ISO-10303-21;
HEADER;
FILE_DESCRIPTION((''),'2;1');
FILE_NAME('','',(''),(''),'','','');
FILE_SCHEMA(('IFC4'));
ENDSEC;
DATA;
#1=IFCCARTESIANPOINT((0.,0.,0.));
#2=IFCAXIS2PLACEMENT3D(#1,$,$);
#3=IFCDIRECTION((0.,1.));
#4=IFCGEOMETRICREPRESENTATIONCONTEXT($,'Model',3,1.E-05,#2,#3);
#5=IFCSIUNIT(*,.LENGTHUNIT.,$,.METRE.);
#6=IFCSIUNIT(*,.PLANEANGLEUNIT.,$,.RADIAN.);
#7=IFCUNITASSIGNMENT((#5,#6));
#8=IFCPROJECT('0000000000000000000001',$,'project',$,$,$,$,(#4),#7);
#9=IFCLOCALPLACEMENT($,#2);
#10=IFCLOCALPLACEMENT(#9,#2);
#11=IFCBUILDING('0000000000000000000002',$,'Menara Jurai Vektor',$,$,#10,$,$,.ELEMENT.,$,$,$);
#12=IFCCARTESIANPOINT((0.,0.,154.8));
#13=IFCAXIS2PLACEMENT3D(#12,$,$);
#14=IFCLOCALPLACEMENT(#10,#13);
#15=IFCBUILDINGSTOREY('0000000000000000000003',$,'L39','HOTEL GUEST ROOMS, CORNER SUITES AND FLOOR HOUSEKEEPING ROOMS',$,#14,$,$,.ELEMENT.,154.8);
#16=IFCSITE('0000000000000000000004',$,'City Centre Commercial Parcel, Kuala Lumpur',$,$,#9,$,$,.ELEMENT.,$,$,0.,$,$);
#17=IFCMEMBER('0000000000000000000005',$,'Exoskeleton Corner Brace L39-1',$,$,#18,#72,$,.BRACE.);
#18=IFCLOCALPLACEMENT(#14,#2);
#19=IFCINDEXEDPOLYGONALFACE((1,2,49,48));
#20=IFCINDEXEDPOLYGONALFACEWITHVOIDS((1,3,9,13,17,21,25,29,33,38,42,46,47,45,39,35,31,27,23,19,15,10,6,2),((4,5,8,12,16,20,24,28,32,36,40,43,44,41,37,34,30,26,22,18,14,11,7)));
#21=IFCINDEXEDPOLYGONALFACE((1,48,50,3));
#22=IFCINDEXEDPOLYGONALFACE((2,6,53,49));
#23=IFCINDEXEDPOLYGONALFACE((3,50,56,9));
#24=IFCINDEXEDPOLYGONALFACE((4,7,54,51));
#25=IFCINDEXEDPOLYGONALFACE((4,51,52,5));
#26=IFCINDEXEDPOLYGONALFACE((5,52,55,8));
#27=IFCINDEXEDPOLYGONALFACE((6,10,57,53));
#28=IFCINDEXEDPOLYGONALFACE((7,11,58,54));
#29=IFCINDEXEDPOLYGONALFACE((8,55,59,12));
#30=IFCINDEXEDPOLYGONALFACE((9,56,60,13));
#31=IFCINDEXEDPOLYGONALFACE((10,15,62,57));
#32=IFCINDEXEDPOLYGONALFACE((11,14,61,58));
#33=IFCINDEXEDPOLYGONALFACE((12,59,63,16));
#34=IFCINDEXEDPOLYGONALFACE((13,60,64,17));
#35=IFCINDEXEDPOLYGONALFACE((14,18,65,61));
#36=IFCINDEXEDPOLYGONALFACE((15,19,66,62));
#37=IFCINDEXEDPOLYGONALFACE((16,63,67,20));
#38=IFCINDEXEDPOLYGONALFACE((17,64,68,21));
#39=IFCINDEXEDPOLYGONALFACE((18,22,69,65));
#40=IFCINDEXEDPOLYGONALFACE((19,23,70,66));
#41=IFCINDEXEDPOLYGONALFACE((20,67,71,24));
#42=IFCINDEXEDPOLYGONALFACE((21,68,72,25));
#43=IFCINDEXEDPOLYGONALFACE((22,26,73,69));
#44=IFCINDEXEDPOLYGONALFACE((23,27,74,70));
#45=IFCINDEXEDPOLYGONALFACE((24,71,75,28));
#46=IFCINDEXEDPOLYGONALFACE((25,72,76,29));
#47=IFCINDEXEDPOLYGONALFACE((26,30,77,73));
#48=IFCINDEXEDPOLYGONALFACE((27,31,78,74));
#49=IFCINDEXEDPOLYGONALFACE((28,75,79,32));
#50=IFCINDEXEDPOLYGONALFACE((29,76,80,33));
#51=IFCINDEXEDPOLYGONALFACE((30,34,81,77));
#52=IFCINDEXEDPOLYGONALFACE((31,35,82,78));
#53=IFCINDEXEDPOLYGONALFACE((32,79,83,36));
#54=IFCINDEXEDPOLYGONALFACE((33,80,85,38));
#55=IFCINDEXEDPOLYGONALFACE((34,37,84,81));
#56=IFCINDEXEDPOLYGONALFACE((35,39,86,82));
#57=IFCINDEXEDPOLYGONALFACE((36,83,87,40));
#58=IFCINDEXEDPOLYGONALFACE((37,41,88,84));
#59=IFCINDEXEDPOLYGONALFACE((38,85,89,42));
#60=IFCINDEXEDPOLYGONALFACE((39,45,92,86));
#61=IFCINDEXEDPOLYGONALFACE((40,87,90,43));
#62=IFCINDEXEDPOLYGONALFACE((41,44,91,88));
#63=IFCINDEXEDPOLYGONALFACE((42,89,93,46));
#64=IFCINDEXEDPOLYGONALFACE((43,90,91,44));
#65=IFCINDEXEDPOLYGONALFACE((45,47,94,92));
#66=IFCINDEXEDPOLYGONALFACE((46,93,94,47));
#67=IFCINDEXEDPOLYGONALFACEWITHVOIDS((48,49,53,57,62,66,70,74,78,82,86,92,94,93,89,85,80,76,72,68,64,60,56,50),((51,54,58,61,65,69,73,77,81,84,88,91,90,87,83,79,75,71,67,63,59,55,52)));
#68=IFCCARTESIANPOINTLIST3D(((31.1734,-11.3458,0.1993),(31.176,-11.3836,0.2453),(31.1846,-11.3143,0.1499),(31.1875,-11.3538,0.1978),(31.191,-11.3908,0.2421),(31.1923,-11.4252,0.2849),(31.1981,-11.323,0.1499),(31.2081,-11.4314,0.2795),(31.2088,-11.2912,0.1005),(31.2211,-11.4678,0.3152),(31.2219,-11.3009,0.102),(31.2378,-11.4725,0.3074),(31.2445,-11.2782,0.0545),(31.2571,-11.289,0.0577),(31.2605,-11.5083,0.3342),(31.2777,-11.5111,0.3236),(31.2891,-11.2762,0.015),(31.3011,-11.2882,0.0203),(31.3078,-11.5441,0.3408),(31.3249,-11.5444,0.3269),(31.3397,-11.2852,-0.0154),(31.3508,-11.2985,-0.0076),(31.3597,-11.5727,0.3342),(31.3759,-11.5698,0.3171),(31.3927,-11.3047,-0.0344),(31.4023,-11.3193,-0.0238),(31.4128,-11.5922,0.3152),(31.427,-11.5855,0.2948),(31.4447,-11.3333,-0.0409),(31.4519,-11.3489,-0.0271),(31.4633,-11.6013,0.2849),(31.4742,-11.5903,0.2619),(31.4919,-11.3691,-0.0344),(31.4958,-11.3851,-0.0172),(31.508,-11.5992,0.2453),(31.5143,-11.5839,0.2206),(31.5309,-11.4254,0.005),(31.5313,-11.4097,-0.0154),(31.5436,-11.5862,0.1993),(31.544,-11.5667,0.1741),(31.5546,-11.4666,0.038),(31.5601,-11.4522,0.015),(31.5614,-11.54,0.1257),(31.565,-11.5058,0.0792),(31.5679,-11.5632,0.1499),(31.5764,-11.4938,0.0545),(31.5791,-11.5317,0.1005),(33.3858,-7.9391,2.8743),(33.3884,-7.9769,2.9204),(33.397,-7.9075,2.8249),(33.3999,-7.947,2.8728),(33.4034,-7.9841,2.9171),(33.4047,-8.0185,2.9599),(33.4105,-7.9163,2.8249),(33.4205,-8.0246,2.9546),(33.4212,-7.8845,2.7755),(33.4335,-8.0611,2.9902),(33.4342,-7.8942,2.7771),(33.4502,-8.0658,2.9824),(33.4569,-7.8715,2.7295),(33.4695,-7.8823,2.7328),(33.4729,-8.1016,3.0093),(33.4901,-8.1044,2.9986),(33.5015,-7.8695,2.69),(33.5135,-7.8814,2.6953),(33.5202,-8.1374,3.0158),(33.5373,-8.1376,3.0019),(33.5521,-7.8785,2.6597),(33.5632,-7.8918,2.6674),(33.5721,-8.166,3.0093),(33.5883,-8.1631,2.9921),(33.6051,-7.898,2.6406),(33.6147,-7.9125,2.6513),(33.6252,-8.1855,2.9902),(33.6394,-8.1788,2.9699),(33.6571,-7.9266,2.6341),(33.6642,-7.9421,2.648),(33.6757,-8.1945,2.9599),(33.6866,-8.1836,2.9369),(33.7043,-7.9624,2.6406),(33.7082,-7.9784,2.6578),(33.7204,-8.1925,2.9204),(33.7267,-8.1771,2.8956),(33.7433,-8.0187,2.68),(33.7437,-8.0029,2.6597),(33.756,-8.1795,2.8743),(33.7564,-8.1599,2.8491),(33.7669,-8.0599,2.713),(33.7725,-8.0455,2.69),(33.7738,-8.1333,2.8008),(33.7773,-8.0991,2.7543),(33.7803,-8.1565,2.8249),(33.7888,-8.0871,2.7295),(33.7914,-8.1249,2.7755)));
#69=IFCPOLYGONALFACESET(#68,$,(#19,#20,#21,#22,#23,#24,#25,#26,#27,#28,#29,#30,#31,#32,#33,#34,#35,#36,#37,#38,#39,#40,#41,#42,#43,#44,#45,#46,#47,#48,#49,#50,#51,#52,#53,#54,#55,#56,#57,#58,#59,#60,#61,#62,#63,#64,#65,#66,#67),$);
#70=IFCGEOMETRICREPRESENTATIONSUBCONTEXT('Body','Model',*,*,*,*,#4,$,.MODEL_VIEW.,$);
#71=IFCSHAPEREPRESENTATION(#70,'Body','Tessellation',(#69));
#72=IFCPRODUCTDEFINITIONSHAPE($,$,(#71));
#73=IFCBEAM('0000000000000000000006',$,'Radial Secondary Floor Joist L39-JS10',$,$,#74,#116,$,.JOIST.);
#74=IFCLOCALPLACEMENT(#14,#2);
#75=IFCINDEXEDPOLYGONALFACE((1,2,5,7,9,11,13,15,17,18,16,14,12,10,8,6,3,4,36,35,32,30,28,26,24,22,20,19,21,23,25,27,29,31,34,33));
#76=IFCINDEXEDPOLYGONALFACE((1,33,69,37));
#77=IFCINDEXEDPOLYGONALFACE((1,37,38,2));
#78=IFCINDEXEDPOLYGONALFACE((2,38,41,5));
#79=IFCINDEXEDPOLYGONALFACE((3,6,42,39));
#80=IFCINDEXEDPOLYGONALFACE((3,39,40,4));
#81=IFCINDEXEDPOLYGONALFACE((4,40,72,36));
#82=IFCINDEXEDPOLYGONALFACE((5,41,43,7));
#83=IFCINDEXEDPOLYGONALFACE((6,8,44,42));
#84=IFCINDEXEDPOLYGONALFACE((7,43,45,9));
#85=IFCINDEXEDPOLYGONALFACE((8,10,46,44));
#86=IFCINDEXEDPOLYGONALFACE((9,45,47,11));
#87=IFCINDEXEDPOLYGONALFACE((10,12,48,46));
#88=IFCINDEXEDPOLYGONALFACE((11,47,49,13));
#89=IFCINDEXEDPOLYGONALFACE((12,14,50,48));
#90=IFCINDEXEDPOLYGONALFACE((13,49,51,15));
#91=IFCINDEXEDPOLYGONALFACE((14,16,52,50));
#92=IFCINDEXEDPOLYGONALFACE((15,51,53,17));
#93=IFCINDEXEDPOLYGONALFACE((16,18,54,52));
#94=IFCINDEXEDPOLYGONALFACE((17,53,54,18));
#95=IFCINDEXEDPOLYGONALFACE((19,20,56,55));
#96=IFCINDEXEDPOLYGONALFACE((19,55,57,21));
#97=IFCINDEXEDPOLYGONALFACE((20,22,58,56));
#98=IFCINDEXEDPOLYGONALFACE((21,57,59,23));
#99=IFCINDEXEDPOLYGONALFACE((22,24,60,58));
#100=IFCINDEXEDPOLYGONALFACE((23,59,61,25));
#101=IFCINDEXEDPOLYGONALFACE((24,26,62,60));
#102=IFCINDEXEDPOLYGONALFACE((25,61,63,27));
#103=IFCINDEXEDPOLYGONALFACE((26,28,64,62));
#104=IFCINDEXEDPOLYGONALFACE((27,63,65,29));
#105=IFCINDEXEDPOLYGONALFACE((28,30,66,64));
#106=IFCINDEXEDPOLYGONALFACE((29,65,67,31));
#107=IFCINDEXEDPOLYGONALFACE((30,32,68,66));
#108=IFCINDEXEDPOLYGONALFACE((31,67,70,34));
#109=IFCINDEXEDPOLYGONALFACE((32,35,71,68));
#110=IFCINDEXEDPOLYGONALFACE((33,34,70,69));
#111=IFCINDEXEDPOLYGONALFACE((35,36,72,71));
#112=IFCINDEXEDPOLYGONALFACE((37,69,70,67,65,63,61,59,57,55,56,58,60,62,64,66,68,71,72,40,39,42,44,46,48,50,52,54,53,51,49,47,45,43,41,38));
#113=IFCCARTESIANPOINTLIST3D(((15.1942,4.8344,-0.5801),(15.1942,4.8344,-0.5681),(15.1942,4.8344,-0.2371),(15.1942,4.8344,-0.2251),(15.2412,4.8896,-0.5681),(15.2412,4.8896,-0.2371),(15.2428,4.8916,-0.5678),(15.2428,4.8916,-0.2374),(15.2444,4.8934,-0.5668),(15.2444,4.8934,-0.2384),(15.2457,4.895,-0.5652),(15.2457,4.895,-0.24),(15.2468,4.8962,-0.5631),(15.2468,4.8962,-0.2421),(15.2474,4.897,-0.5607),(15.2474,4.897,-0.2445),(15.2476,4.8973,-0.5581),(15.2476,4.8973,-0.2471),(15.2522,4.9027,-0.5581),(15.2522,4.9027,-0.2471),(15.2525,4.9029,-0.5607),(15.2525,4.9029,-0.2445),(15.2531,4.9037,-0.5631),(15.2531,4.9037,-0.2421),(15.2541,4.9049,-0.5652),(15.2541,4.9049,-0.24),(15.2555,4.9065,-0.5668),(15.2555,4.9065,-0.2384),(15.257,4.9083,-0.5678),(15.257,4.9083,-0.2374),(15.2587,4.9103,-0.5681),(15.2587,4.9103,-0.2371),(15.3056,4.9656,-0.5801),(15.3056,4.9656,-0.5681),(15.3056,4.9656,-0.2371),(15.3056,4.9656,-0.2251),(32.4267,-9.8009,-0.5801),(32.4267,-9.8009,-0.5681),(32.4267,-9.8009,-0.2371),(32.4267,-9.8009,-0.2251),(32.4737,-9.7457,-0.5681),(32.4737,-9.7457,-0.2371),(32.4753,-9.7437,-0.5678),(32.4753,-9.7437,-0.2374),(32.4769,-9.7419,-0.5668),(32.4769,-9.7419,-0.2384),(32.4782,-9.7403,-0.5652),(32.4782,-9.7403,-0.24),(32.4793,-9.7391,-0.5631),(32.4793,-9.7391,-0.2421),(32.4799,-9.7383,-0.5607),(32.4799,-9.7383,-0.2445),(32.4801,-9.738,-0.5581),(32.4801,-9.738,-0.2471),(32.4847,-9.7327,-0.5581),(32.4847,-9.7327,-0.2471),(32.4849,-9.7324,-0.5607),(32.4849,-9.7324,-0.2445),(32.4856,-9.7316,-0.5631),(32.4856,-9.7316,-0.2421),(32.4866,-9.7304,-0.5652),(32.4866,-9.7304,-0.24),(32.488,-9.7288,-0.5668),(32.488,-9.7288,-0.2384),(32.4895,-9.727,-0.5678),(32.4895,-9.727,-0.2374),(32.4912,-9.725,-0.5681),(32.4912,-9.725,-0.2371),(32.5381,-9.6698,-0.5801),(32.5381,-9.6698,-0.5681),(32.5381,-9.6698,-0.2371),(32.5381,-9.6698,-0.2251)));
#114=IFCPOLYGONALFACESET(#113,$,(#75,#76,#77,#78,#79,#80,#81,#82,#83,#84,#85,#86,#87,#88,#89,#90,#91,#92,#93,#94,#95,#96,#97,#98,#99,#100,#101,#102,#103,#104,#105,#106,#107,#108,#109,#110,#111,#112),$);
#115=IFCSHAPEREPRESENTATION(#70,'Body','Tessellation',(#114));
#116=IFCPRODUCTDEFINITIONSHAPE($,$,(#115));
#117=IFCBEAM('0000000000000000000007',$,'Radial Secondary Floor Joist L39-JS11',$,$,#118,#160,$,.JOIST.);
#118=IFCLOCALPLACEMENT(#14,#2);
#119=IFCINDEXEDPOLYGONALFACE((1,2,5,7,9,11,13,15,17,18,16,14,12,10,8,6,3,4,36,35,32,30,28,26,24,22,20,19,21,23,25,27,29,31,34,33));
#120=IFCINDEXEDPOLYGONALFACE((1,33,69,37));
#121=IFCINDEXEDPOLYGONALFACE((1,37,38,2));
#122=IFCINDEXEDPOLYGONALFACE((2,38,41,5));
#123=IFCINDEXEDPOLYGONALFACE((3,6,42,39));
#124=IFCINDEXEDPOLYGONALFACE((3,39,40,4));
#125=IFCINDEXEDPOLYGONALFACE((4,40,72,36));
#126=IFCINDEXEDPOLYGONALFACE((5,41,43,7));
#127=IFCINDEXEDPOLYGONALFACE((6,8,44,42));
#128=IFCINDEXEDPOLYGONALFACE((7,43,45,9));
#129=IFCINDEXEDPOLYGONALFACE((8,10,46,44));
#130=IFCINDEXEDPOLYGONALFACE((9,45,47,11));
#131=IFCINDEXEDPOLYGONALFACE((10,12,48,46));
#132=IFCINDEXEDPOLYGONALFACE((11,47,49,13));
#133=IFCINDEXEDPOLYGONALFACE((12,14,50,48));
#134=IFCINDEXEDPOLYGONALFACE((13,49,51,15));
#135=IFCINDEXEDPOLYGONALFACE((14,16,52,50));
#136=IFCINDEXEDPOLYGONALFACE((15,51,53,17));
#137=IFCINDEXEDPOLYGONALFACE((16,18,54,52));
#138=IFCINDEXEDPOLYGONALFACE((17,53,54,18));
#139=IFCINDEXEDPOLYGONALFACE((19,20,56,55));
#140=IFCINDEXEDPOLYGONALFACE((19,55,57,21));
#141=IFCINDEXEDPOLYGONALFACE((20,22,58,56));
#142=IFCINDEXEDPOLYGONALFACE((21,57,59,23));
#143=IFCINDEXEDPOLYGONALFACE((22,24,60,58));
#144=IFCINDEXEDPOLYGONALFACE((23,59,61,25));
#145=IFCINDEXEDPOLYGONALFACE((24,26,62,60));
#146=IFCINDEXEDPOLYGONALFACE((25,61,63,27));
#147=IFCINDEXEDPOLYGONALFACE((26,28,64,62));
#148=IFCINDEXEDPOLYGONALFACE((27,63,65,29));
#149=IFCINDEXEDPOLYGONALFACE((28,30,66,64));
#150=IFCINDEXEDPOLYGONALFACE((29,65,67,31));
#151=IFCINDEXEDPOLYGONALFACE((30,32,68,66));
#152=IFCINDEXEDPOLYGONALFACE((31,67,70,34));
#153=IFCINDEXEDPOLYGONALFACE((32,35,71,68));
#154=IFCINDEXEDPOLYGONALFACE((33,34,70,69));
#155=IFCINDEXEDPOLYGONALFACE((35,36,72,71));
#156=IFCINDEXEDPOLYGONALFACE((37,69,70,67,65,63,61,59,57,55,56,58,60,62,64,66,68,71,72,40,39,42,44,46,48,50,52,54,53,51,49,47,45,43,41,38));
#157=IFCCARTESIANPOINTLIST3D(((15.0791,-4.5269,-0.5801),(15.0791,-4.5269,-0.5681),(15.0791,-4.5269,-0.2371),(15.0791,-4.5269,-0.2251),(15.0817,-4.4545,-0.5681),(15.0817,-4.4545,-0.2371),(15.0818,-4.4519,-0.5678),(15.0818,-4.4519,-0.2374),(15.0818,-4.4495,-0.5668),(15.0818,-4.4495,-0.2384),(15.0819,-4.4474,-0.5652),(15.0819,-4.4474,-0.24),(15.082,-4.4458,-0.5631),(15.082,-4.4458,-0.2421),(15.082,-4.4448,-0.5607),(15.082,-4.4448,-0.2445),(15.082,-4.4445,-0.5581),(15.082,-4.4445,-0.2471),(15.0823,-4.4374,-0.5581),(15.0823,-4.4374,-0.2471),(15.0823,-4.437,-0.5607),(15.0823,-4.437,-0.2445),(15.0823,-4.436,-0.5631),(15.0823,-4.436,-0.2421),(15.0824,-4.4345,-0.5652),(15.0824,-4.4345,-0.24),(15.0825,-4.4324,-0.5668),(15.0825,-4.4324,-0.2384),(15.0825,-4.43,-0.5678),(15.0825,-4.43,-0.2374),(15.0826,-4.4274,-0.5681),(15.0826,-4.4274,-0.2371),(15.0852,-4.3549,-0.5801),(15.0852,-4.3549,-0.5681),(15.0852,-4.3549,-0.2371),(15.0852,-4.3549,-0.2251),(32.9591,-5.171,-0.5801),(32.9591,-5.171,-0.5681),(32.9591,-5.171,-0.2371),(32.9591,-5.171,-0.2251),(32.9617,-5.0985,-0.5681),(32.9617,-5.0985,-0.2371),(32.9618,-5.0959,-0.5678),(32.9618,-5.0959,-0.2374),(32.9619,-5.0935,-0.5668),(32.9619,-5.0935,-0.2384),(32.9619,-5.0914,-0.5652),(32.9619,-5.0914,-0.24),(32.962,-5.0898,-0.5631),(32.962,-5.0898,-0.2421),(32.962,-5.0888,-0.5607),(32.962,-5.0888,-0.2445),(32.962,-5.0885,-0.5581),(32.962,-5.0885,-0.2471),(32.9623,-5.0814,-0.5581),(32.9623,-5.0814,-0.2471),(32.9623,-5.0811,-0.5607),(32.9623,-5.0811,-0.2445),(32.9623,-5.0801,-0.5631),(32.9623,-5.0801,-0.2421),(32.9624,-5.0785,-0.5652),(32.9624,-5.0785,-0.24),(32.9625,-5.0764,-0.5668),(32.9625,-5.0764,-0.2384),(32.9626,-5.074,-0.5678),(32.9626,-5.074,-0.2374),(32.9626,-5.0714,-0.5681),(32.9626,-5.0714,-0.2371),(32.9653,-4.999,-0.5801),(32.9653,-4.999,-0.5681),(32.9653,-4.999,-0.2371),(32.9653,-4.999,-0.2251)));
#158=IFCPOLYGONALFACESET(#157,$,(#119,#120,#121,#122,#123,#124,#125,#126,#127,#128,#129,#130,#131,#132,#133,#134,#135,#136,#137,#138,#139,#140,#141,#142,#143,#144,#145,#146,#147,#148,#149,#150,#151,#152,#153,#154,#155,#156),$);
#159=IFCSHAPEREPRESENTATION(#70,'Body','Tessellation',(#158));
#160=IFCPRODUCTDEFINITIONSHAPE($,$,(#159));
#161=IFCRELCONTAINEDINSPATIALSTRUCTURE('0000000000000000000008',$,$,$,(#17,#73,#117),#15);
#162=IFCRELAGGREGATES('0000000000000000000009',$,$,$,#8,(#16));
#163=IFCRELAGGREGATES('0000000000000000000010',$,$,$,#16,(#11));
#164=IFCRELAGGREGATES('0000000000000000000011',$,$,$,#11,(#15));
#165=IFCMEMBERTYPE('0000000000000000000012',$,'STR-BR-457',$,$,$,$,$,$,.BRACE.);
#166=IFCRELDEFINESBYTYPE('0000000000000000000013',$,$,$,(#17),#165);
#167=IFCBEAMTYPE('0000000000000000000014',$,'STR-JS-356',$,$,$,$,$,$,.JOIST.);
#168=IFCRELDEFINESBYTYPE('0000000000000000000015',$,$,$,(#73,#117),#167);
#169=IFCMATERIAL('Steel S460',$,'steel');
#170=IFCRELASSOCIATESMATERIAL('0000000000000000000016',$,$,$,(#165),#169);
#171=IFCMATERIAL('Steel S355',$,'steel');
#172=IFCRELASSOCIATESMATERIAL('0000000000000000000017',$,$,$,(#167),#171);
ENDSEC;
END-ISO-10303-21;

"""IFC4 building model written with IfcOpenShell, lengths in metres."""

from ifc_helpers import new_model, si_unit, direction, frame, origin, origin_2d, place, context, subcontext, project, spatial, hollow_circle, i_section, extrude, material, material_profile, profile_set, type_object, element, save


model = new_model("IFC4")

# Units and contexts
model_context = context("Model", 3, precision=1e-05, world=origin(), true_north=direction((0.0, 1.0)))
body_context = subcontext(model_context, "Body", "Model", "MODEL_VIEW")
ifc_project = project(units=[si_unit("LENGTHUNIT", "METRE"), si_unit("PLANEANGLEUNIT", "RADIAN")], contexts=[model_context])

# Site, building, storey
site_placement = place(None, origin())
site = spatial("IfcSite", under=ifc_project, at=site_placement, Name="City Centre Commercial Parcel, Kuala Lumpur", CompositionType="ELEMENT", RefElevation=0.0)
building_placement = place(site_placement, origin())
building = spatial("IfcBuilding", under=site, at=building_placement, Name="Menara Jurai Vektor", CompositionType="ELEMENT")
storey_placement = place(building_placement, frame((0.0, 0.0, 154.8)))
storey = spatial("IfcBuildingStorey", under=building, at=storey_placement, Name="L39", Description="HOTEL GUEST ROOMS, CORNER SUITES AND FLOOR HOUSEKEEPING ROOMS", CompositionType="ELEMENT", Elevation=154.8)

# Shared definitions
ifc_material_1 = material(Name="Steel S460", Category="steel")

# Shared definitions
ifc_material_2 = material(Name="Steel S355", Category="steel")

# Member
ifc_material_profile_1 = material_profile(ifc_material_1, hollow_circle(Radius=0.2285, WallThickness=0.0161, at=origin_2d()), Name="CHS 457x16")
ifc_profile_set_1 = profile_set([ifc_material_profile_1], Name="Steel S460")
member_type_1 = type_object("IfcMemberType", Name="STR-BR-457", PredefinedType="BRACE", material=ifc_profile_set_1)
member_1_placement = place(storey_placement, frame((31.3762, -11.4387, 0.1499), z_axis=(0.454872, 0.700428, 0.549992), x_axis=(-0.838666, 0.544646, 0.0)))
element("IfcMember", 1, at=member_1_placement, inside=storey, type_object=member_type_1, Name="Exoskeleton Corner Brace L39-1", PredefinedType="BRACE", context=body_context, shape_type="SweptSolid", body=[
    extrude(hollow_circle(Radius=0.2285, WallThickness=0.0161, at=origin_2d()), origin(), (0.0, 0.0, 1.0), 4.8638),
])

# Beams
ifc_material_profile_2 = material_profile(ifc_material_2, i_section(OverallWidth=0.1721, OverallDepth=0.355, WebThickness=0.0071, FlangeThickness=0.012, FilletRadius=0.01, at=origin_2d()), Name="UKB 356x171x51")
ifc_profile_set_2 = profile_set([ifc_material_profile_2], Name="Steel S355")
beam_type_1 = type_object("IfcBeamType", Name="STR-JS-356", PredefinedType="JOIST", material=ifc_profile_set_2)
beam_1_placement = place(storey_placement, frame((32.4824, -9.7354, -0.4026), z_axis=(-0.762208, 0.647332, 0.0), x_axis=(-0.647332, -0.762208, 0.0)))
element("IfcBeam", 2, at=beam_1_placement, inside=storey, type_object=beam_type_1, Name="Radial Secondary Floor Joist L39-JS10", PredefinedType="JOIST", context=body_context, shape_type="SweptSolid", body=[
    extrude(i_section(OverallWidth=0.1721, OverallDepth=0.355, WebThickness=0.0071, FlangeThickness=0.012, FilletRadius=0.01, at=origin_2d()), origin(), (0.0, 0.0, 1.0), 22.6086),
])
beam_2_placement = place(storey_placement, frame((32.9622, -5.085, -0.4026), z_axis=(-0.999352, 0.035997, 0.0), x_axis=(-0.035997, -0.999352, 0.0)))
element("IfcBeam", 3, at=beam_2_placement, inside=storey, type_object=beam_type_1, Name="Radial Secondary Floor Joist L39-JS11", PredefinedType="JOIST", context=body_context, shape_type="SweptSolid", body=[
    extrude(i_section(OverallWidth=0.1721, OverallDepth=0.355, WebThickness=0.0071, FlangeThickness=0.012, FilletRadius=0.01, at=origin_2d()), origin(), (0.0, 0.0, 1.0), 17.8916),
])

save(model, "model.ifc")
